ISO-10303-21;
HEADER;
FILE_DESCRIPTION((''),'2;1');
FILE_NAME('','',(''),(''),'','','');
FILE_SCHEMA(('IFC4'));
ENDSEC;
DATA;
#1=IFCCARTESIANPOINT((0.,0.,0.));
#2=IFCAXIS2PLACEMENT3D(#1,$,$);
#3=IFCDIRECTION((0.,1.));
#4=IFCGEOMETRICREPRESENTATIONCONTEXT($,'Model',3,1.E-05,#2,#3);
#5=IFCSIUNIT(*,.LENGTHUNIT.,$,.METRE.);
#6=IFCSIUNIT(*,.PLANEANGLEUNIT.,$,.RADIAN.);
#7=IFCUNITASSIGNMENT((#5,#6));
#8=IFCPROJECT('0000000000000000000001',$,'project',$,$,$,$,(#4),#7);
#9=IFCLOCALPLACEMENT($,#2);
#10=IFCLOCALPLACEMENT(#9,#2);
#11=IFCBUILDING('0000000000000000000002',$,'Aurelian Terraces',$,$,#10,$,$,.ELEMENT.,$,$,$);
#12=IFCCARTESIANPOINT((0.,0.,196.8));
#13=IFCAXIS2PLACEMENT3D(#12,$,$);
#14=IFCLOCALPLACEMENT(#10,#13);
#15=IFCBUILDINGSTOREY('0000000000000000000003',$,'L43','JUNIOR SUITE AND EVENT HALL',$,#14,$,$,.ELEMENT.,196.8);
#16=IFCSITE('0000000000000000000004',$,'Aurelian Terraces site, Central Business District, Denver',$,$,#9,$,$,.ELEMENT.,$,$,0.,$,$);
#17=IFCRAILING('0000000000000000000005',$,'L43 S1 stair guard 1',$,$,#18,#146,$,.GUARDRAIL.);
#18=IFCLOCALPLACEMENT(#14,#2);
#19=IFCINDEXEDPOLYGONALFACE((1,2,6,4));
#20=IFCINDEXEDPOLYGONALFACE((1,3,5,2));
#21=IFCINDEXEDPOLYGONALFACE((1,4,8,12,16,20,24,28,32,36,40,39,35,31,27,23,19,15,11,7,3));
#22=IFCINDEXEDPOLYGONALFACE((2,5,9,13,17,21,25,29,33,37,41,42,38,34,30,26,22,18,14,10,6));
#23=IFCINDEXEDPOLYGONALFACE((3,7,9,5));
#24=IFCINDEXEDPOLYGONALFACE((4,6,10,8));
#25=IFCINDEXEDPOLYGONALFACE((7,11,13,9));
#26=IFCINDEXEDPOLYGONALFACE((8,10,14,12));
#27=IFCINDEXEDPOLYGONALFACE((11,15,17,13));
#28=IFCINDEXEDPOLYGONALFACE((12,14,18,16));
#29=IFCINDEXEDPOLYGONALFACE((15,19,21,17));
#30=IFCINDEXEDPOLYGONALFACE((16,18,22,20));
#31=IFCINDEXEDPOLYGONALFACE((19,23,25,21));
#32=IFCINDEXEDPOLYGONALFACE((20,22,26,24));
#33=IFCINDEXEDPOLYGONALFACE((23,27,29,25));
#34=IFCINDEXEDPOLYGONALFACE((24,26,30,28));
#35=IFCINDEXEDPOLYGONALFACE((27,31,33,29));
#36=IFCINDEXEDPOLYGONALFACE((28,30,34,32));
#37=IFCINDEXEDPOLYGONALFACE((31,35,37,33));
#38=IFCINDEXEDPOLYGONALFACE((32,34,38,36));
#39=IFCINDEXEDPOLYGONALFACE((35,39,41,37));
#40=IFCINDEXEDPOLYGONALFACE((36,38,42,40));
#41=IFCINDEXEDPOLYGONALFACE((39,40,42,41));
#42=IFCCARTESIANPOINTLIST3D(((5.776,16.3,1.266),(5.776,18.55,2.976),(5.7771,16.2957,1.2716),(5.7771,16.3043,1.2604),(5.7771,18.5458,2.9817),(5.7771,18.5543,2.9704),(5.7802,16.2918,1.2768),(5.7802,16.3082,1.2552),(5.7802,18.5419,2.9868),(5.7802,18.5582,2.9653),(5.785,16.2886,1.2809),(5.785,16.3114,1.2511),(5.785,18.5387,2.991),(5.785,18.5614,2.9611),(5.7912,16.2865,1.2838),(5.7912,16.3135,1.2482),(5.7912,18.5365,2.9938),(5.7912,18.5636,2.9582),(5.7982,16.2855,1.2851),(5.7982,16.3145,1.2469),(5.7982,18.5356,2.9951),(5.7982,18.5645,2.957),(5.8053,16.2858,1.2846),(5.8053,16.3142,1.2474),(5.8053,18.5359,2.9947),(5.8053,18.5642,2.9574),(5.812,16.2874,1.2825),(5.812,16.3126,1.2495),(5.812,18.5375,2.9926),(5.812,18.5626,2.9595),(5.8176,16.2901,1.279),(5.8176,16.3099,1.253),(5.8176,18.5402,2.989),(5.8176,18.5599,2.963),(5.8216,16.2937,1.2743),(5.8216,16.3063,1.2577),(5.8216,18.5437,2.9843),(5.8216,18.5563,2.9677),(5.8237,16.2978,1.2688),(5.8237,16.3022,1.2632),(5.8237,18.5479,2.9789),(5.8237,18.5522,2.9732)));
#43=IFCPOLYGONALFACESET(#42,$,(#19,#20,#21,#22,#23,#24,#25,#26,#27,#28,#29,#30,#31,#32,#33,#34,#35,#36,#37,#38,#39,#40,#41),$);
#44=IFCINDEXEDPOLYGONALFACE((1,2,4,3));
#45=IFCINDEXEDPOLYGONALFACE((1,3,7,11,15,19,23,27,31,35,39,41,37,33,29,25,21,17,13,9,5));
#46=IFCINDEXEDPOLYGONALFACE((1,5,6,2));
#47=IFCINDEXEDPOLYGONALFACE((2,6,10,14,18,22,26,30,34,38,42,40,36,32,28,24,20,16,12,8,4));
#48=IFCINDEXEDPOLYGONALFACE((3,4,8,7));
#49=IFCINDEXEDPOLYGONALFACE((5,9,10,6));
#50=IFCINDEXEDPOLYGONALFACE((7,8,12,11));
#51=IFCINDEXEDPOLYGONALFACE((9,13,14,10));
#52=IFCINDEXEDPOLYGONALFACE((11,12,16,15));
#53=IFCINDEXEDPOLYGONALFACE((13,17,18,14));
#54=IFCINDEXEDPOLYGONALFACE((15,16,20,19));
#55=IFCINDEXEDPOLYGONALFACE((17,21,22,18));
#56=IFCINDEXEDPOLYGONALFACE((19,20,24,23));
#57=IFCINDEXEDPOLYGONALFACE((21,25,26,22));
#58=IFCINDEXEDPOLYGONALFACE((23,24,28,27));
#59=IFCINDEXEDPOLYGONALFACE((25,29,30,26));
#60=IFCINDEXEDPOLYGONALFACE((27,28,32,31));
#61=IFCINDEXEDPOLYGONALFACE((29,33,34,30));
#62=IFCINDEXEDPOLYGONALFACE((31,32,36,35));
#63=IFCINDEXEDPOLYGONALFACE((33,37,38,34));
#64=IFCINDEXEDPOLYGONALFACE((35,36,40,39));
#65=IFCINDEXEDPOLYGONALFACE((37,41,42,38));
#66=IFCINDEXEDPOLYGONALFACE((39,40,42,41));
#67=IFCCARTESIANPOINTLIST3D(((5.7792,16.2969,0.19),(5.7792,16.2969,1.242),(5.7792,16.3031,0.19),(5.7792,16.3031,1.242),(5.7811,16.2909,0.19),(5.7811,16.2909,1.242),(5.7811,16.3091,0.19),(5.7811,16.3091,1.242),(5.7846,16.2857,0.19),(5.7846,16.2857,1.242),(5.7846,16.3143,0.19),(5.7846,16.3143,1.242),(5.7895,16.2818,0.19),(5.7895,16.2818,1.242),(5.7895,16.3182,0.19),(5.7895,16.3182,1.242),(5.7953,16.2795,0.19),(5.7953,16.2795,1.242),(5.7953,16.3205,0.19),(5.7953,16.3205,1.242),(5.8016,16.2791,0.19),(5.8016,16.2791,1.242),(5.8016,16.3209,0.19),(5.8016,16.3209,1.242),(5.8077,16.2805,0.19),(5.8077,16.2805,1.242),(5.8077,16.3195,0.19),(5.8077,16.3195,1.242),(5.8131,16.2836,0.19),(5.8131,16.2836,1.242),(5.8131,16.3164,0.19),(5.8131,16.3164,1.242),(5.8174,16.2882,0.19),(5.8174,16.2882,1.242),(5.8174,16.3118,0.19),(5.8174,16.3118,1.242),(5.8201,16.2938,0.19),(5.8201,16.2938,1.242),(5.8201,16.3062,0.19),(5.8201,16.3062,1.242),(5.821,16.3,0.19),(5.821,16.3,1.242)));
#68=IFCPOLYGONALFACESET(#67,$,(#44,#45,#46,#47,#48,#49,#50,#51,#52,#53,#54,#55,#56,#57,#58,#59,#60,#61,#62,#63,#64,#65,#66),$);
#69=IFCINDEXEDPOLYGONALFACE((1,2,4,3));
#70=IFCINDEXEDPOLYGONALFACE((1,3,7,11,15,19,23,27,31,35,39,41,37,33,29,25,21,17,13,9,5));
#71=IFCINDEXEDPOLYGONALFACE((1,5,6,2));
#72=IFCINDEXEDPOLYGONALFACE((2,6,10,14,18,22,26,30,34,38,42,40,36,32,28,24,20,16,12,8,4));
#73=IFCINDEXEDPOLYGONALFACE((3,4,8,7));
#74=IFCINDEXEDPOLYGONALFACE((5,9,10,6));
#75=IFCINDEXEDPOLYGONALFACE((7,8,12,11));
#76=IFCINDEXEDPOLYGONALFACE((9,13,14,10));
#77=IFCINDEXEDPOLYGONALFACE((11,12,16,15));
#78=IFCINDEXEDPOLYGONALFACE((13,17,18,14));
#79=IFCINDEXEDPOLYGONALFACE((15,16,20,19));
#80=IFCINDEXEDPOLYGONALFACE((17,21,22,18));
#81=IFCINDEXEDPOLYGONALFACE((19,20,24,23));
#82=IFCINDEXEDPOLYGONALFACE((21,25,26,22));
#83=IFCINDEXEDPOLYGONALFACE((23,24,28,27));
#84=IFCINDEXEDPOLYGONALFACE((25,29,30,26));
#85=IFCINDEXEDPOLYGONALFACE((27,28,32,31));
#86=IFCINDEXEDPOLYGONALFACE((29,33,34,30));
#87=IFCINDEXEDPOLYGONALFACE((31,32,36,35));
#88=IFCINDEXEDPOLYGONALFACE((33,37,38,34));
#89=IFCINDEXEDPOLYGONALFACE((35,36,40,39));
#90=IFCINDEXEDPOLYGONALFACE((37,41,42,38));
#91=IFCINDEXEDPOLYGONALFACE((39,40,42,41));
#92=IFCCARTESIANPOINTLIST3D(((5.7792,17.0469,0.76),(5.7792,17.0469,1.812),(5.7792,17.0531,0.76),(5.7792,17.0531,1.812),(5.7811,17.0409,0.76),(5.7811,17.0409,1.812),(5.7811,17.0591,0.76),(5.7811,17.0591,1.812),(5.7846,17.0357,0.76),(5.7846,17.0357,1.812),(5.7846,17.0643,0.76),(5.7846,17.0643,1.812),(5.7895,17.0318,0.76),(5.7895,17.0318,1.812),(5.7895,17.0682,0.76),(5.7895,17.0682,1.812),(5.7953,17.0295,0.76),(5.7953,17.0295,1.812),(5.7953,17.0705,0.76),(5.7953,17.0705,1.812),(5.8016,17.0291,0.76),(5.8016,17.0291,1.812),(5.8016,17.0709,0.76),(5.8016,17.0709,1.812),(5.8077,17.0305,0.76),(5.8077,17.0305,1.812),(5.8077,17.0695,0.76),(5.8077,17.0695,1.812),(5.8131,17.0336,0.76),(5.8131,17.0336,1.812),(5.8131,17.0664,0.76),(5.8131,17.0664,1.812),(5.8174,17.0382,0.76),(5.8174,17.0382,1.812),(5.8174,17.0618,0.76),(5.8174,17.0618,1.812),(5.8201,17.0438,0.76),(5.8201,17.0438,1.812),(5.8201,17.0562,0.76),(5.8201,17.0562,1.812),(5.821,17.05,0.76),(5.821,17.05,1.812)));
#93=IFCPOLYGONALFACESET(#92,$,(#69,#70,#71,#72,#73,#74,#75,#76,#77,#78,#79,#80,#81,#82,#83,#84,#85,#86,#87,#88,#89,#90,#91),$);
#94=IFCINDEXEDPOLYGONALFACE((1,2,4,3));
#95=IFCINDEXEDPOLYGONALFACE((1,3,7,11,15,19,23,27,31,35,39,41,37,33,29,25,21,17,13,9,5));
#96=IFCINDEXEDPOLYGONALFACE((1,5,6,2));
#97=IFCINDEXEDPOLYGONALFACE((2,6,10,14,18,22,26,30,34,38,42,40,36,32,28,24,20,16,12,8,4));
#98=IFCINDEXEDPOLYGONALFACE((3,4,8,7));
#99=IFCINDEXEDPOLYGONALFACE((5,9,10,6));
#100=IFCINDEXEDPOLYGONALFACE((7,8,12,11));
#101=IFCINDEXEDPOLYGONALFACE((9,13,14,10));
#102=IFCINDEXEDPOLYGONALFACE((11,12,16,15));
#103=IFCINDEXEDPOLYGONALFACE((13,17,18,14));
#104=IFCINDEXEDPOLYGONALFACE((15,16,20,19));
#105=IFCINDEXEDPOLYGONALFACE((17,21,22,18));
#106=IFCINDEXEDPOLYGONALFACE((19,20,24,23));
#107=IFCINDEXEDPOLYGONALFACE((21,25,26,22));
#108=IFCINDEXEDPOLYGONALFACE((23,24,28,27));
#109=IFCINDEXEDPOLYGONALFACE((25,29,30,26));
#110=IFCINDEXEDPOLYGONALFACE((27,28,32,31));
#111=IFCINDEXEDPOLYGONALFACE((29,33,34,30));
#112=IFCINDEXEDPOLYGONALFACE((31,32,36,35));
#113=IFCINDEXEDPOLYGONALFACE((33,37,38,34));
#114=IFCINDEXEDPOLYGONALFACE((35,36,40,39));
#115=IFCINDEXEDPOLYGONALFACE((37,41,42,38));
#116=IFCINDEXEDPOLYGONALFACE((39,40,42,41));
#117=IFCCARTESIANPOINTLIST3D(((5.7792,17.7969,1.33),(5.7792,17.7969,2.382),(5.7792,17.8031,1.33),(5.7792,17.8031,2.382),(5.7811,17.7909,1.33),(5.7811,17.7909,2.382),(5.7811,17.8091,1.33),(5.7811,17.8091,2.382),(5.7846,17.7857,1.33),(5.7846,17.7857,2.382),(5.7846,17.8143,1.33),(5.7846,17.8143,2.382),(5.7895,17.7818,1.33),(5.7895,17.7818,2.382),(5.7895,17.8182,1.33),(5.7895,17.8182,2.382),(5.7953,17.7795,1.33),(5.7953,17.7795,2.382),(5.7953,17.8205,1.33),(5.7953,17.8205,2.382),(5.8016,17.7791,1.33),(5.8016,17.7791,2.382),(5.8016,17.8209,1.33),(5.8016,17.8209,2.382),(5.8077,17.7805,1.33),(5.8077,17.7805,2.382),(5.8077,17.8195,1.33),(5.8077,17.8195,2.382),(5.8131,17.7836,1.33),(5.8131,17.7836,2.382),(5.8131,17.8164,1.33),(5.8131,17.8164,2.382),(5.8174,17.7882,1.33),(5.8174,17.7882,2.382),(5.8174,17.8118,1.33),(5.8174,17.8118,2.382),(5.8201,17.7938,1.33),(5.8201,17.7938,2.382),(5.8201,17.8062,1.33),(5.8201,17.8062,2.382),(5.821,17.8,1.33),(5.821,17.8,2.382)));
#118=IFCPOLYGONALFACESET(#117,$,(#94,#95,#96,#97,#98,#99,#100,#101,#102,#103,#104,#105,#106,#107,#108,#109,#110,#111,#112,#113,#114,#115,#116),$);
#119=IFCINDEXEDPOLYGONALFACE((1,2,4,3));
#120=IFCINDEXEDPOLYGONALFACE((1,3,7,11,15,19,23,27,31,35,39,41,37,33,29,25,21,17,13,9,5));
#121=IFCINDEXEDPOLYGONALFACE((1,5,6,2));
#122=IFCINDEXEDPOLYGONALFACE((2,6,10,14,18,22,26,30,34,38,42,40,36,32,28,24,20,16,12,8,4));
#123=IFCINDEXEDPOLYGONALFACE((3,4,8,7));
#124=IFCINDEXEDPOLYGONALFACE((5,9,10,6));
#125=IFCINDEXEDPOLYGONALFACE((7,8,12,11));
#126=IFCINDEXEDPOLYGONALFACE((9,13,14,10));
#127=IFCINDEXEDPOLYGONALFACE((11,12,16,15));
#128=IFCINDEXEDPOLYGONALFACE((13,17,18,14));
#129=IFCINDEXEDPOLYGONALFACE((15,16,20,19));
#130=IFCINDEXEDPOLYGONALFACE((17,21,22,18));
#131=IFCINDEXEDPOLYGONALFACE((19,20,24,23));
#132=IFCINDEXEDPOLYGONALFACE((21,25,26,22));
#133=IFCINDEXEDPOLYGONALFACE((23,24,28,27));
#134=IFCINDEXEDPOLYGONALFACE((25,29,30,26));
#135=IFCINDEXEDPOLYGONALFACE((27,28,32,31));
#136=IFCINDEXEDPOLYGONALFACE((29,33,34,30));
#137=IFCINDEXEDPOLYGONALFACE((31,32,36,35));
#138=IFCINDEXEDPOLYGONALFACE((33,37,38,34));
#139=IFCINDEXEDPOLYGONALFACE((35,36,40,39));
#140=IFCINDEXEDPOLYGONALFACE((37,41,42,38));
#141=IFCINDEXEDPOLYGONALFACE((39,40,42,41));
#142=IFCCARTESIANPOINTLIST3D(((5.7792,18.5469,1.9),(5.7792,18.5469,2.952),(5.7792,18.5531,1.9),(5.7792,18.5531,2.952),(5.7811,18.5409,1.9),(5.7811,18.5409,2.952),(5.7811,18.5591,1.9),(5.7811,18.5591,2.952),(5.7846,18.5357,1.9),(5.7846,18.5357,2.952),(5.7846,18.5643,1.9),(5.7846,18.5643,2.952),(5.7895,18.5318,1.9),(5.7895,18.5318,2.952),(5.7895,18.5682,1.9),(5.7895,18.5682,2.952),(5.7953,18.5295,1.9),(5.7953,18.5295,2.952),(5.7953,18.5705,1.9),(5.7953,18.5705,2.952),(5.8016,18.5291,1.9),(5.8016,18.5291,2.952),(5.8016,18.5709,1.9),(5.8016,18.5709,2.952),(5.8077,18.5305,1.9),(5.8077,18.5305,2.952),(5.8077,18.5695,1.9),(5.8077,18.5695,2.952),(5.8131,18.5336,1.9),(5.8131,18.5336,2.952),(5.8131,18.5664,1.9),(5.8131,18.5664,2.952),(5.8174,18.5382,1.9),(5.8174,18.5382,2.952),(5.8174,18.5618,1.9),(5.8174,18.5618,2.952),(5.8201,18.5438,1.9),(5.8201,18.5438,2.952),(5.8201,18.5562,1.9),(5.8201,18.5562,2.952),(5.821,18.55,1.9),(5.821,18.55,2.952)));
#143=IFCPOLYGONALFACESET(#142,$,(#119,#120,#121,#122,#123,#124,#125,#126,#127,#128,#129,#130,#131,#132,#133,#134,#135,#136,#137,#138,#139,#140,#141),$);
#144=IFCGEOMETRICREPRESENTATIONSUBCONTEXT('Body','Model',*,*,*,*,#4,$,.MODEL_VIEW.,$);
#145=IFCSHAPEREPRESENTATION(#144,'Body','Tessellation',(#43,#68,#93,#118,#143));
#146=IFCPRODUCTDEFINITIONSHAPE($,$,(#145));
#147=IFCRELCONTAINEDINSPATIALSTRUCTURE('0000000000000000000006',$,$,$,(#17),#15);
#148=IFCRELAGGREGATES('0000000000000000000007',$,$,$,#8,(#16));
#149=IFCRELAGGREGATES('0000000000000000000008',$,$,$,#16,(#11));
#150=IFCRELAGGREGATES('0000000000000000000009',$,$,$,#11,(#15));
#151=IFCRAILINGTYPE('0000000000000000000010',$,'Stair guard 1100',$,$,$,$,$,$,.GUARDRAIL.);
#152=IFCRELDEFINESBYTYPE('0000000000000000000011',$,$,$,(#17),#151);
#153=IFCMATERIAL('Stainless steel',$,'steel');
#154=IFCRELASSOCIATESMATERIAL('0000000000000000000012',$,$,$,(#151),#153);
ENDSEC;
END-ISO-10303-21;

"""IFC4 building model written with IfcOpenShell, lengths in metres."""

from ifc_helpers import new_model, si_unit, direction, frame, origin, origin_2d, place, context, subcontext, project, spatial, circle, extrude, source, transform, mapped, material, type_object, element, save


model = new_model("IFC4")

# Units and contexts
model_context = context("Model", 3, precision=1e-05, world=origin(), true_north=direction((0.0, 1.0)))
body_context = subcontext(model_context, "Body", "Model", "MODEL_VIEW")
ifc_project = project(units=[si_unit("LENGTHUNIT", "METRE"), si_unit("PLANEANGLEUNIT", "RADIAN")], contexts=[model_context])

# Site, building, storey
site_placement = place(None, origin())
site = spatial("IfcSite", under=ifc_project, at=site_placement, Name="Aurelian Terraces site, Central Business District, Denver", CompositionType="ELEMENT", RefElevation=0.0)
building_placement = place(site_placement, origin())
building = spatial("IfcBuilding", under=site, at=building_placement, Name="Aurelian Terraces", CompositionType="ELEMENT")
storey_placement = place(building_placement, frame((0.0, 0.0, 196.8)))
storey = spatial("IfcBuildingStorey", under=building, at=storey_placement, Name="L43", Description="JUNIOR SUITE AND EVENT HALL", CompositionType="ELEMENT", Elevation=196.8)

# Shared definitions
ifc_material_1 = material(Name="Stainless steel", Category="steel")

# Railing
railing_type_1 = type_object("IfcRailingType", Name="Stair guard 1100", PredefinedType="GUARDRAIL", material=ifc_material_1)
shared_shape_1 = source(origin(), body_context, "Body", "SweptSolid", [
    extrude(circle(Radius=0.024, at=origin_2d()), frame((0.0, 0.0, 1.076), z_axis=(0.0, 0.796162, 0.605083), x_axis=(-1.0, 0.0, 0.0)), (0.0, 0.0, 1.0), 2.8261),
    extrude(circle(Radius=0.021, at=origin_2d()), origin(), (0.0, 0.0, 1.0), 1.052),
    extrude(circle(Radius=0.021, at=origin_2d()), frame((0.0, 0.75, 0.57)), (0.0, 0.0, 1.0), 1.052),
    extrude(circle(Radius=0.021, at=origin_2d()), frame((0.0, 1.5, 1.14)), (0.0, 0.0, 1.0), 1.052),
    extrude(circle(Radius=0.021, at=origin_2d()), frame((0.0, 2.25, 1.71)), (0.0, 0.0, 1.0), 1.052),
])
railing_1_placement = place(storey_placement, frame((5.8, 16.3, 0.19)))
element("IfcRailing", 1, at=railing_1_placement, inside=storey, type_object=railing_type_1, Name="L43 S1 stair guard 1", PredefinedType="GUARDRAIL", context=body_context, shape_type="MappedRepresentation", body=[
    mapped(shared_shape_1, transform((0.0, 0.0, 0.0), scale=1.0)),
])

save(model, "model.ifc")
